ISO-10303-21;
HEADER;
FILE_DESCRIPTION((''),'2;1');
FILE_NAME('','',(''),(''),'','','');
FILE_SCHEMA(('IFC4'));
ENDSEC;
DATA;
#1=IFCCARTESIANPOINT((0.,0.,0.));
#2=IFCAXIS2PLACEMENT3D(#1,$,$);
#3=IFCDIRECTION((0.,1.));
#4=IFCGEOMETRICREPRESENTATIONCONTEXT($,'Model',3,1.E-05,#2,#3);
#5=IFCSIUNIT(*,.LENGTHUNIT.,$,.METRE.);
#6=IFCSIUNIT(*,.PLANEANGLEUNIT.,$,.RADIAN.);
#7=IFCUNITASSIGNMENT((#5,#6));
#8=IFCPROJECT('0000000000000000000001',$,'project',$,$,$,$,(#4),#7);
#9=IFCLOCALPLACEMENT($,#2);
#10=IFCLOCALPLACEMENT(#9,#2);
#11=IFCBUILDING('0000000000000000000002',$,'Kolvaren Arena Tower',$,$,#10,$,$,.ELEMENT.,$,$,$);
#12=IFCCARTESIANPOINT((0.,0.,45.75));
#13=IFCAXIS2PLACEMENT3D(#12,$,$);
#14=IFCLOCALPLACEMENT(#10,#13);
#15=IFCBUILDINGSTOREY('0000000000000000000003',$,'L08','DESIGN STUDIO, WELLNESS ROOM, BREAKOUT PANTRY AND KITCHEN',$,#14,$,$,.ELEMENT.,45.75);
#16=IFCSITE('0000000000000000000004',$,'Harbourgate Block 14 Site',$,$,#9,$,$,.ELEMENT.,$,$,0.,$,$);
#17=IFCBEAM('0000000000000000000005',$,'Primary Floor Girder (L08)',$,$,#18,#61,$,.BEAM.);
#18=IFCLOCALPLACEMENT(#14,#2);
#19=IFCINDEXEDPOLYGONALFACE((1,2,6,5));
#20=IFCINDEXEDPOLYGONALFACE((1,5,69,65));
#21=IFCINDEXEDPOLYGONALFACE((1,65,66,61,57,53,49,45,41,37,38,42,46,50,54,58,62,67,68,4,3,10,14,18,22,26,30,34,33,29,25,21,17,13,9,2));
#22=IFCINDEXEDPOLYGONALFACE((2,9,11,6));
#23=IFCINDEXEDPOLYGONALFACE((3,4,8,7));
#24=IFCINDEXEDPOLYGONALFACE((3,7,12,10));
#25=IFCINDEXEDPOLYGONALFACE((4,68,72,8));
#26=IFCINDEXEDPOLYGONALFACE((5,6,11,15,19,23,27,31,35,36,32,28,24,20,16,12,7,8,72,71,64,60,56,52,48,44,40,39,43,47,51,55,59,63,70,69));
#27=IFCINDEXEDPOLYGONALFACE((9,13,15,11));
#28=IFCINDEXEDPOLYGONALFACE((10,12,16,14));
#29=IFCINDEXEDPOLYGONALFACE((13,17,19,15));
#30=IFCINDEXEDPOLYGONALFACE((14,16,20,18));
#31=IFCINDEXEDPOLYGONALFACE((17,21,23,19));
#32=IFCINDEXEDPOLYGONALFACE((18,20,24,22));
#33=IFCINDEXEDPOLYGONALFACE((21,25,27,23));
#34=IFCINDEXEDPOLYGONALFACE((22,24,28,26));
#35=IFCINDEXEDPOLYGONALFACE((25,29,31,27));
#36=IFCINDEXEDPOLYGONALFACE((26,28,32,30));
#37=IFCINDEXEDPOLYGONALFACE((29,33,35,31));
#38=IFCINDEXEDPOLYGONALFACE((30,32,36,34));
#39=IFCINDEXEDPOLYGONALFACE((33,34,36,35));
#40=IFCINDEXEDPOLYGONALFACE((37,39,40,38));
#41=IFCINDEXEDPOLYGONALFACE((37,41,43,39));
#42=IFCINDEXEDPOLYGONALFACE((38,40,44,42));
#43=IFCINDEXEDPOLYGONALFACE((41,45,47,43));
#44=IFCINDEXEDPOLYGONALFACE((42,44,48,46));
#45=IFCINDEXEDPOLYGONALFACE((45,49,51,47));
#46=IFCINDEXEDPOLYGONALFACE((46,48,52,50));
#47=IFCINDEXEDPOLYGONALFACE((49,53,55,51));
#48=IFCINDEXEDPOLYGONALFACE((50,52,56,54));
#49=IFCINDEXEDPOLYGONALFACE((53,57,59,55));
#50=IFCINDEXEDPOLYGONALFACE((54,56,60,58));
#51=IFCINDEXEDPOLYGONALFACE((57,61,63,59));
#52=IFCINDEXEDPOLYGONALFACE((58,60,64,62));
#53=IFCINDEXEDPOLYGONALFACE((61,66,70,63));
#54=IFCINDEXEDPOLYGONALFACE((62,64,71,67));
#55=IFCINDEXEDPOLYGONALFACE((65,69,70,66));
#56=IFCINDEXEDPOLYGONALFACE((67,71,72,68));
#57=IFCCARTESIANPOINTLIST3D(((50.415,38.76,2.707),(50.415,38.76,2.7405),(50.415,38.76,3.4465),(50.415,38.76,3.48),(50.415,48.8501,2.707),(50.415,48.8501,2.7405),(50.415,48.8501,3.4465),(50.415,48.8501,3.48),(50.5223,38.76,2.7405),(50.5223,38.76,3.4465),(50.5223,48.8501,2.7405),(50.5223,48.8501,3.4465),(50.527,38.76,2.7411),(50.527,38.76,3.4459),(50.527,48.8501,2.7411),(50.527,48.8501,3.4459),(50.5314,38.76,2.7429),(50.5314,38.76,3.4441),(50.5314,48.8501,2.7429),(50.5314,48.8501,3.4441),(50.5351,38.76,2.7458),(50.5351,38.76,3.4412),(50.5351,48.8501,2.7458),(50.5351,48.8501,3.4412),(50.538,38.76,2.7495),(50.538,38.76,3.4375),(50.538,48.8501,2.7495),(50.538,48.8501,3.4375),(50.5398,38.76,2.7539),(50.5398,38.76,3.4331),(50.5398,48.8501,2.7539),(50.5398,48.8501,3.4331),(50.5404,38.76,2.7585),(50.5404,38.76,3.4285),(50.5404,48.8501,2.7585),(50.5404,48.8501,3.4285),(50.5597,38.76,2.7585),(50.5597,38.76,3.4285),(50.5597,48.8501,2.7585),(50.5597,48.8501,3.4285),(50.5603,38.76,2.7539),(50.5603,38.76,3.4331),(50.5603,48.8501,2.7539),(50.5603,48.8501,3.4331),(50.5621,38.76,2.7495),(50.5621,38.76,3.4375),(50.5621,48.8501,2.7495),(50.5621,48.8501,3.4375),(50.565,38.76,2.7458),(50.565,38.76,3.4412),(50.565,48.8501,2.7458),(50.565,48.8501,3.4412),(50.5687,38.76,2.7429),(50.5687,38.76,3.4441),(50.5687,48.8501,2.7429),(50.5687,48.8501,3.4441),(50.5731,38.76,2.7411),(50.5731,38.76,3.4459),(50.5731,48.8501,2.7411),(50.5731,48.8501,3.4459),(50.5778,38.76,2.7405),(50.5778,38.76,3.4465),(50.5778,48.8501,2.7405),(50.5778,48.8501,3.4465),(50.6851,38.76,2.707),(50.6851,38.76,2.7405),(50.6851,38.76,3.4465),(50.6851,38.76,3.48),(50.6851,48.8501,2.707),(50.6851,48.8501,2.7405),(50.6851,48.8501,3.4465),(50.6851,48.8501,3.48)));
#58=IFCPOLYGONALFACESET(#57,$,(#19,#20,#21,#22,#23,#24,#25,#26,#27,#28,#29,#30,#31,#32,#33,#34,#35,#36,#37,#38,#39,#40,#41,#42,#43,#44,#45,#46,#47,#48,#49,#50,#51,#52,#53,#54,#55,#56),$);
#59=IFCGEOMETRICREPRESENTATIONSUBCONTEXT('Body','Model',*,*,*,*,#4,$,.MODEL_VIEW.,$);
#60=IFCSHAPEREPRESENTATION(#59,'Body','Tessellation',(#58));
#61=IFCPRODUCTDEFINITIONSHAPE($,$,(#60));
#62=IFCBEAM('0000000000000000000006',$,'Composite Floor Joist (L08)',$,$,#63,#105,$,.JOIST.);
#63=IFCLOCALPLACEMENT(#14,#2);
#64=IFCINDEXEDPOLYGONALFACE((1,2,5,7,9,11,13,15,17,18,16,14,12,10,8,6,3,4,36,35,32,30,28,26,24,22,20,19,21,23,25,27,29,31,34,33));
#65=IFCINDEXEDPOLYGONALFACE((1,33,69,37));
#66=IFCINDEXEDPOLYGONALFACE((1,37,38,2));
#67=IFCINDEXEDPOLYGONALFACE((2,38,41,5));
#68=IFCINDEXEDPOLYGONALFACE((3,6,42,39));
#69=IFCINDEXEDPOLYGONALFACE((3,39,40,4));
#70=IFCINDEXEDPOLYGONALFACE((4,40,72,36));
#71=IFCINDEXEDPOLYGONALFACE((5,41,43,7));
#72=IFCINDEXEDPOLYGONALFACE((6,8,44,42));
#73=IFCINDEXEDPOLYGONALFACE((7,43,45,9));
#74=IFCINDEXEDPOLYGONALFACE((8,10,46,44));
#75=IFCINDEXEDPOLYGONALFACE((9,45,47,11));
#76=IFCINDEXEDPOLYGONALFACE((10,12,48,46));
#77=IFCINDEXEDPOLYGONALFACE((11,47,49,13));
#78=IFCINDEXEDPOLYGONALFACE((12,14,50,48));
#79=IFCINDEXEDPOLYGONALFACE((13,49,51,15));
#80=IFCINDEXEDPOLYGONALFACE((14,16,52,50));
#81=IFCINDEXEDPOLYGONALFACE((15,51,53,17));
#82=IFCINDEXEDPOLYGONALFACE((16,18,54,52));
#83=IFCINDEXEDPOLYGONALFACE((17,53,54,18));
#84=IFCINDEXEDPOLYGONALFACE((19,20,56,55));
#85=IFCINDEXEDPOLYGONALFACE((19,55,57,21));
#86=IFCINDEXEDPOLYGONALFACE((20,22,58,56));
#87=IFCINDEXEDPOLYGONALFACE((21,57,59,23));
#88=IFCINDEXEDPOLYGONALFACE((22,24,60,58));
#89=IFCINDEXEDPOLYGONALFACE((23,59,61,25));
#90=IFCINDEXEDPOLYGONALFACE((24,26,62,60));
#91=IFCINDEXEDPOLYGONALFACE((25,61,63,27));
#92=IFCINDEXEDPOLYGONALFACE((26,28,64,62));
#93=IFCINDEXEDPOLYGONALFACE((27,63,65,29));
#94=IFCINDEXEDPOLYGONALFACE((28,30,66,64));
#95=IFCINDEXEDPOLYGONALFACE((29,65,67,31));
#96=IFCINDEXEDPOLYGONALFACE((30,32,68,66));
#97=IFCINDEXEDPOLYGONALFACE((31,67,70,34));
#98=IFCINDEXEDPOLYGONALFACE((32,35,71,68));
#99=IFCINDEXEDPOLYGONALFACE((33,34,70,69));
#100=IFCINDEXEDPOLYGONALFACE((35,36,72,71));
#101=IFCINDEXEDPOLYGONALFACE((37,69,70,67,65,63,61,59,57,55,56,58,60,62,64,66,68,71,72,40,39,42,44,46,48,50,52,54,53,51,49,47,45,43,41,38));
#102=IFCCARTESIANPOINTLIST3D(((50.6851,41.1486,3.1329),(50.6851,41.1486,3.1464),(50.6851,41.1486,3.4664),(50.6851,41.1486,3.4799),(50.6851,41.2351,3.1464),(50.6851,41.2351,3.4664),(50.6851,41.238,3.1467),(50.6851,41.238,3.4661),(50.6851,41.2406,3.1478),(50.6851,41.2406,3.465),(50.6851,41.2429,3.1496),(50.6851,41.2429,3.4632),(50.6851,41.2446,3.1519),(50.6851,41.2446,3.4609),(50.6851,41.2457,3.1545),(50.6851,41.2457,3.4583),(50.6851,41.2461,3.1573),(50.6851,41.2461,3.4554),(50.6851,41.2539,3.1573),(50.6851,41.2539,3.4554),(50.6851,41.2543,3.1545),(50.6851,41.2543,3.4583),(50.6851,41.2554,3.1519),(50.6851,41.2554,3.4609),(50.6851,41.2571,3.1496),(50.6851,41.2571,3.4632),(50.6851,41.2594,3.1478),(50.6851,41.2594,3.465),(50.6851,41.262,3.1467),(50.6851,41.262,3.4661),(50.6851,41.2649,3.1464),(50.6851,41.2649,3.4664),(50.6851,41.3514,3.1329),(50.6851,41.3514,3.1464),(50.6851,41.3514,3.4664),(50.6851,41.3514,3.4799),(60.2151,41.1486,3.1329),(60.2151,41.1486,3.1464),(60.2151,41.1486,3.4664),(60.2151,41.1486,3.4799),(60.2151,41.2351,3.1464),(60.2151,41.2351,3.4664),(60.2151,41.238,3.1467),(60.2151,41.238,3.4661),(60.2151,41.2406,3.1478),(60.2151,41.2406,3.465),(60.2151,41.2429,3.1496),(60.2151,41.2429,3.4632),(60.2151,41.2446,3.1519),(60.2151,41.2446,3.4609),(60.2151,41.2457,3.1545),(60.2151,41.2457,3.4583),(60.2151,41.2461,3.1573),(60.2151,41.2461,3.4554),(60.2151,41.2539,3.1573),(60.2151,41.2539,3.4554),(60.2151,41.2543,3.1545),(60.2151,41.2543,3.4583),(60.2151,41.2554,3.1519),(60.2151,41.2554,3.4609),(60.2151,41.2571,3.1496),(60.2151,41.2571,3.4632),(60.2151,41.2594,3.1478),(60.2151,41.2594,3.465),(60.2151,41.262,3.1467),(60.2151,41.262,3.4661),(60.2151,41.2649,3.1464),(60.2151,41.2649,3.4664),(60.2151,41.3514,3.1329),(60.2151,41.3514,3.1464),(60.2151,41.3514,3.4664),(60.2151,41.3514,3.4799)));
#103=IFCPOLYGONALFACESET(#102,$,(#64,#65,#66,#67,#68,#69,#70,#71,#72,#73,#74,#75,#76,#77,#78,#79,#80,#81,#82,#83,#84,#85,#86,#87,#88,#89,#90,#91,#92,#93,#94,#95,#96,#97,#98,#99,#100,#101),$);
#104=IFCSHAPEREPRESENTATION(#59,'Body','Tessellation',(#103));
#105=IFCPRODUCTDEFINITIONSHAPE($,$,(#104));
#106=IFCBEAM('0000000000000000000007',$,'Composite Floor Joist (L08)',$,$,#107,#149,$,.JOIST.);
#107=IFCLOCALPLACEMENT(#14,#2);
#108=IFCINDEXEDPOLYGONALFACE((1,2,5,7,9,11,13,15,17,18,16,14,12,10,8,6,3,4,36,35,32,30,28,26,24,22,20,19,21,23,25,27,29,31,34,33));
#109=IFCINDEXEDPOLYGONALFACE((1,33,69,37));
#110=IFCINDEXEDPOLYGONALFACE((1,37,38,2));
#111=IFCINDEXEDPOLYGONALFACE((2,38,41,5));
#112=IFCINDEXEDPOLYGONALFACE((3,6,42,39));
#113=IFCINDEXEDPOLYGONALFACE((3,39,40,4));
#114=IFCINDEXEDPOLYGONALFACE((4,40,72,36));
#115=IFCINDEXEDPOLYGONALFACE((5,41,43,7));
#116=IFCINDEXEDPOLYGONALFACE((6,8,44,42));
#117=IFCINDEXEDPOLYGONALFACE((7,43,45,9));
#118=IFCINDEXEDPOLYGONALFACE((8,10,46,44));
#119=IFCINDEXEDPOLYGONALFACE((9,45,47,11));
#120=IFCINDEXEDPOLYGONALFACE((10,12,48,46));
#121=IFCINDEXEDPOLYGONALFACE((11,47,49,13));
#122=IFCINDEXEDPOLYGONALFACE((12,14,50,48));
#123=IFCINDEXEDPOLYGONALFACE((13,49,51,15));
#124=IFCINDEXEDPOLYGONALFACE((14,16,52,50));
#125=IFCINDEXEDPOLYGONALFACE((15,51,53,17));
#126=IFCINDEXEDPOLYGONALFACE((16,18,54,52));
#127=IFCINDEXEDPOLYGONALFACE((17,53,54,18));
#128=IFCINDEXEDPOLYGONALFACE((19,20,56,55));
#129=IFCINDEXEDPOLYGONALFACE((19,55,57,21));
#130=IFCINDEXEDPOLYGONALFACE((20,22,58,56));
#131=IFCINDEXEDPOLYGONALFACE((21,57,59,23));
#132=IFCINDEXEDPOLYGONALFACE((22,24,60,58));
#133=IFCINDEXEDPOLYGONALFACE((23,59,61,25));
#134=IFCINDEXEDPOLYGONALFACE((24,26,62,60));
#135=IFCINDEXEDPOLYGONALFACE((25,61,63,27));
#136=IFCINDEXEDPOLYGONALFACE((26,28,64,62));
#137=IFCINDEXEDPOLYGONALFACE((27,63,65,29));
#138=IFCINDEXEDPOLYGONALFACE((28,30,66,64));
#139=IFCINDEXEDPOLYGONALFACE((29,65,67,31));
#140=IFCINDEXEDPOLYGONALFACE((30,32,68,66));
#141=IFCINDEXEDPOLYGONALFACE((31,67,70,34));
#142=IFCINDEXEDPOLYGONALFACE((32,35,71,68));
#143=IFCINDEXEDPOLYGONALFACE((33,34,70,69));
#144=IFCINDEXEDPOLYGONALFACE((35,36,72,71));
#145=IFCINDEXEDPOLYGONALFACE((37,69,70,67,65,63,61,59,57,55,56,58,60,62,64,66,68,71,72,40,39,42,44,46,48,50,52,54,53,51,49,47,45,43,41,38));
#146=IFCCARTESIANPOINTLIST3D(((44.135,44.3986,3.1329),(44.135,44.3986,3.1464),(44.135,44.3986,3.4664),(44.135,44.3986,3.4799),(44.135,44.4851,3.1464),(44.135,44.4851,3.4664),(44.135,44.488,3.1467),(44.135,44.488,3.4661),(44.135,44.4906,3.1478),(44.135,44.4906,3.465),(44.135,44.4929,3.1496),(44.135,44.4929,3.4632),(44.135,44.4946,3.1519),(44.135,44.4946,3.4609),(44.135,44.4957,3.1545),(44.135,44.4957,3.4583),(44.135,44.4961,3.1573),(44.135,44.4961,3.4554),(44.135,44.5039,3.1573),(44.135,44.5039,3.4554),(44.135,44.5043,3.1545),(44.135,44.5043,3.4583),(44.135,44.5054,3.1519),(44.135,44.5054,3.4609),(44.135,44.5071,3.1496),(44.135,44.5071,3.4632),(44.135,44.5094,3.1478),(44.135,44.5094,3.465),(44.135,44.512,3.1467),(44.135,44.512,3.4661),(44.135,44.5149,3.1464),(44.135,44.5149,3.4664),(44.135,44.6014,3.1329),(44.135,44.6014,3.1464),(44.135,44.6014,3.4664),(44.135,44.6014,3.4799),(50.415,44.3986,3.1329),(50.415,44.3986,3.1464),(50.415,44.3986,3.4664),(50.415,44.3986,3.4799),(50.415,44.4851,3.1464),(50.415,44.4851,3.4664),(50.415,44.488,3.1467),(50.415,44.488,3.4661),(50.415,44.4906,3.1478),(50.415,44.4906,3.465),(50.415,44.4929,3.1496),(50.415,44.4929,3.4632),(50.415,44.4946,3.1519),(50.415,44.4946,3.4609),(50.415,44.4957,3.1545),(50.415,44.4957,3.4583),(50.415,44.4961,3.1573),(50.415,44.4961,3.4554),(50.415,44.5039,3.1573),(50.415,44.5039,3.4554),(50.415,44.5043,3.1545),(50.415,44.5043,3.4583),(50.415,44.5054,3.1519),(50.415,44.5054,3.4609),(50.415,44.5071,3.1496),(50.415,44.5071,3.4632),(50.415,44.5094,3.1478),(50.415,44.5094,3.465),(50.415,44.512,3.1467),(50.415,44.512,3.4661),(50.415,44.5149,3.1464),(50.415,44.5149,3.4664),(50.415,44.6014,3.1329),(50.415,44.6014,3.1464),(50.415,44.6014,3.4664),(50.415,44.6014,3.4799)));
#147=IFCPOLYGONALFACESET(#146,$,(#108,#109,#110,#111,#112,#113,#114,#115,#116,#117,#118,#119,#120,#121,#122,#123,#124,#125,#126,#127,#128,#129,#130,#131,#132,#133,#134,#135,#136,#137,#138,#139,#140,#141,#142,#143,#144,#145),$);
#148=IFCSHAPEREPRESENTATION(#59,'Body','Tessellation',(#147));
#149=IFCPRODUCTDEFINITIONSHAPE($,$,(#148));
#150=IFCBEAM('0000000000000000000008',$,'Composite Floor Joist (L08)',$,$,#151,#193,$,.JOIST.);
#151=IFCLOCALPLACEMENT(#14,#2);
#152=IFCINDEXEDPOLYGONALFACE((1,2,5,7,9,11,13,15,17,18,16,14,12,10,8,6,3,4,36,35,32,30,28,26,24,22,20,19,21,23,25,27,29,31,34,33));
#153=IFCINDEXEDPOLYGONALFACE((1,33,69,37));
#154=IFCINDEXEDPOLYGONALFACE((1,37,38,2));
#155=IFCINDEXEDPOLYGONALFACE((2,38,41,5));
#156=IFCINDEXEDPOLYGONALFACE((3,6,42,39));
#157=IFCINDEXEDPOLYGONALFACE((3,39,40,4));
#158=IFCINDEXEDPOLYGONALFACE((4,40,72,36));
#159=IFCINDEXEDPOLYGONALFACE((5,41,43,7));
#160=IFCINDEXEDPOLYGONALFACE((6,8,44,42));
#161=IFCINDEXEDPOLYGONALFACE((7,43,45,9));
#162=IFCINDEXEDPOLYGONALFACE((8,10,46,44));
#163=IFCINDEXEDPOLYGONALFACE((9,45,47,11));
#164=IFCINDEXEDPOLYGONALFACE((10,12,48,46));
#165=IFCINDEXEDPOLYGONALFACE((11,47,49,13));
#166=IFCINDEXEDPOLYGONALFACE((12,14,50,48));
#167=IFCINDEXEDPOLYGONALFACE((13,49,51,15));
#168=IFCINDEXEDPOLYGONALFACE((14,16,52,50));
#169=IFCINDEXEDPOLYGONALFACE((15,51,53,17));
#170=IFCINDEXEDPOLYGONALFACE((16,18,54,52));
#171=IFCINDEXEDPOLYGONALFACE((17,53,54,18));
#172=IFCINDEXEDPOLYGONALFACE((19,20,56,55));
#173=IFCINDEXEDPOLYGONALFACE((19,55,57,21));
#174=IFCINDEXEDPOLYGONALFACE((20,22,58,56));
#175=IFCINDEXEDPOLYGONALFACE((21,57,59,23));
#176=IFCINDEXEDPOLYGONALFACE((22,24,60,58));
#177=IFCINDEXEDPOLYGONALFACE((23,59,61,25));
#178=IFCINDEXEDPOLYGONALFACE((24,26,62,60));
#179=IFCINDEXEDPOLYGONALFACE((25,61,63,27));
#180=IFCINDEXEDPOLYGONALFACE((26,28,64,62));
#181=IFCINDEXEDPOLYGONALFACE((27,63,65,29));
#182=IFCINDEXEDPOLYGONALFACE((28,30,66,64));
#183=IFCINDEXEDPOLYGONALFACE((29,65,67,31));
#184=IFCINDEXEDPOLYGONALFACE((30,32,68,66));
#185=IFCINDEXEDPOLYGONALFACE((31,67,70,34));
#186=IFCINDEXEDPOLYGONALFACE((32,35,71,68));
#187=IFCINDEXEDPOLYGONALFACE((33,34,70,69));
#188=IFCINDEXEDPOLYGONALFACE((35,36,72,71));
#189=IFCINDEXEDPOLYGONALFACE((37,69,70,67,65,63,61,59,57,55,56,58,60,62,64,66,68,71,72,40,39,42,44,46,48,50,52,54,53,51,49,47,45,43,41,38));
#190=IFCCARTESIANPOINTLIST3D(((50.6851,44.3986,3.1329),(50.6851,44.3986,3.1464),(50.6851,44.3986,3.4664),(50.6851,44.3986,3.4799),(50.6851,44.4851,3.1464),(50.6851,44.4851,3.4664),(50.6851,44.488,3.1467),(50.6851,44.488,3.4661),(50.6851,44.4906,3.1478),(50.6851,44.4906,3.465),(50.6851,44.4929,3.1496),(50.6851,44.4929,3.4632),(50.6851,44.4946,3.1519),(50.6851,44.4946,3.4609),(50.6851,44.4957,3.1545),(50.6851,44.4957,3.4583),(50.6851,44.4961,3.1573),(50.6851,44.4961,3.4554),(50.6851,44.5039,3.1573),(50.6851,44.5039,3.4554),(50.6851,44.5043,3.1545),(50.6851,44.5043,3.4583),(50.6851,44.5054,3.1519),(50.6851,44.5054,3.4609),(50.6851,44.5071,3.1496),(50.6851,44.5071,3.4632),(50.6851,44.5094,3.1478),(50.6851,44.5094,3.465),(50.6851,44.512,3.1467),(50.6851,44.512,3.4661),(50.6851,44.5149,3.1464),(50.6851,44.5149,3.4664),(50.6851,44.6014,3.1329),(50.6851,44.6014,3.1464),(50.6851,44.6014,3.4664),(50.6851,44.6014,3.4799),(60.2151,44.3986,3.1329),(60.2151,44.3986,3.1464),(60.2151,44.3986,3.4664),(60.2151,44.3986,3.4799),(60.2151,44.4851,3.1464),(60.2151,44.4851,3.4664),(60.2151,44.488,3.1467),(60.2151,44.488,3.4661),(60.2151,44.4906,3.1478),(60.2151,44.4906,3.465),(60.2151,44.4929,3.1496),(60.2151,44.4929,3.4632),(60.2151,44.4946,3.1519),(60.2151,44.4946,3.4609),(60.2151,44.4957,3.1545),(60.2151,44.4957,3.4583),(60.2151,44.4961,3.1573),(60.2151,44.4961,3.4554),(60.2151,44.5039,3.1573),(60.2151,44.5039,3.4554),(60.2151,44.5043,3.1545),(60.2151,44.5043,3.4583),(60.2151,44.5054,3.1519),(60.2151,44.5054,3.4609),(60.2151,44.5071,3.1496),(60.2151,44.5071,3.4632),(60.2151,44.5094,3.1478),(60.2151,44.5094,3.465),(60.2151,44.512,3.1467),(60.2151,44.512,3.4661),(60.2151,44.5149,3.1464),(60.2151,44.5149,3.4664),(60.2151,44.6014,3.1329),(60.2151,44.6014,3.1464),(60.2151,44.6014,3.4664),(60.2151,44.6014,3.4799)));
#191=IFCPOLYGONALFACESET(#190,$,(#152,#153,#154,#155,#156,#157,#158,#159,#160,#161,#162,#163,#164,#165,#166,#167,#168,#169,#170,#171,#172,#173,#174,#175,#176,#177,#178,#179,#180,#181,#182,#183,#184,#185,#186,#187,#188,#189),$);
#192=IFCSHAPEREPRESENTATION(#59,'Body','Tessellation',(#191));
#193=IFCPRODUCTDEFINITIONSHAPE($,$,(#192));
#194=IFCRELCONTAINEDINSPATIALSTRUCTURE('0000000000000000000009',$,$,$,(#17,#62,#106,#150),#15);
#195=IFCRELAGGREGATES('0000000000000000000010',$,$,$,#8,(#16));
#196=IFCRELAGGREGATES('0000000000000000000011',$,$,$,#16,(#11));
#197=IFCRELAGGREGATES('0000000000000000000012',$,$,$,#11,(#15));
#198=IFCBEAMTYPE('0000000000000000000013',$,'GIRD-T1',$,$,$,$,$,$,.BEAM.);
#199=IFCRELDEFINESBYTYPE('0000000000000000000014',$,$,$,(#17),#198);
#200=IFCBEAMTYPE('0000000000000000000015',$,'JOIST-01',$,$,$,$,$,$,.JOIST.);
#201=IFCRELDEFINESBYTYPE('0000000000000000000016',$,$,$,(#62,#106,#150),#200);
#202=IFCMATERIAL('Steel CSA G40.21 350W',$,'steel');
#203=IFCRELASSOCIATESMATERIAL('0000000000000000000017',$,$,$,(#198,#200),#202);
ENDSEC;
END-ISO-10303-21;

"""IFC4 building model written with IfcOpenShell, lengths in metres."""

from ifc_helpers import new_model, si_unit, direction, frame, origin, origin_2d, place, context, subcontext, project, spatial, i_section, extrude, material, material_profile, profile_set, type_object, element, save


model = new_model("IFC4")

# Units and contexts
model_context = context("Model", 3, precision=1e-05, world=origin(), true_north=direction((0.0, 1.0)))
body_context = subcontext(model_context, "Body", "Model", "MODEL_VIEW")
ifc_project = project(units=[si_unit("LENGTHUNIT", "METRE"), si_unit("PLANEANGLEUNIT", "RADIAN")], contexts=[model_context])

# Site, building, storey
site_placement = place(None, origin())
site = spatial("IfcSite", under=ifc_project, at=site_placement, Name="Harbourgate Block 14 Site", CompositionType="ELEMENT", RefElevation=0.0)
building_placement = place(site_placement, origin())
building = spatial("IfcBuilding", under=site, at=building_placement, Name="Kolvaren Arena Tower", CompositionType="ELEMENT")
storey_placement = place(building_placement, frame((0.0, 0.0, 45.75)))
storey = spatial("IfcBuildingStorey", under=building, at=storey_placement, Name="L08", Description="DESIGN STUDIO, WELLNESS ROOM, BREAKOUT PANTRY AND KITCHEN", CompositionType="ELEMENT", Elevation=45.75)

# Beams
ifc_material_1 = material(Name="Steel CSA G40.21 350W", Category="steel")
ifc_material_profile_1 = material_profile(ifc_material_1, i_section(OverallWidth=0.27, OverallDepth=0.7729, WebThickness=0.0193, FlangeThickness=0.0334, FilletRadius=0.0181, at=origin_2d()), Name="W760x257")
ifc_profile_set_1 = profile_set([ifc_material_profile_1], Name="Steel CSA G40.21 350W")
beam_type_1 = type_object("IfcBeamType", Name="GIRD-T1", PredefinedType="BEAM", material=ifc_profile_set_1)
beam_1_placement = place(storey_placement, frame((50.55, 38.76, 3.0935), z_axis=(0.0, 1.0, 0.0), x_axis=(-1.0, 0.0, 0.0)))
element("IfcBeam", 1, at=beam_1_placement, inside=storey, type_object=beam_type_1, Name="Primary Floor Girder (L08)", PredefinedType="BEAM", context=body_context, shape_type="SweptSolid", body=[
    extrude(i_section(OverallWidth=0.27, OverallDepth=0.7729, WebThickness=0.0193, FlangeThickness=0.0334, FilletRadius=0.0181, at=origin_2d()), origin(), (0.0, 0.0, 1.0), 10.0901),
])
ifc_material_profile_2 = material_profile(ifc_material_1, i_section(OverallWidth=0.2029, OverallDepth=0.3469, WebThickness=0.0078, FlangeThickness=0.0134, FilletRadius=0.011, at=origin_2d()), Name="W360x64")
ifc_profile_set_2 = profile_set([ifc_material_profile_2], Name="Steel CSA G40.21 350W")
beam_type_2 = type_object("IfcBeamType", Name="JOIST-01", PredefinedType="JOIST", material=ifc_profile_set_2)
beam_2_placement = place(storey_placement, frame((50.6851, 41.25, 3.3064), z_axis=(1.0, 0.0, 0.0), x_axis=(0.0, 1.0, 0.0)))
element("IfcBeam", 2, at=beam_2_placement, inside=storey, type_object=beam_type_2, Name="Composite Floor Joist (L08)", PredefinedType="JOIST", context=body_context, shape_type="SweptSolid", body=[
    extrude(i_section(OverallWidth=0.2029, OverallDepth=0.3469, WebThickness=0.0078, FlangeThickness=0.0134, FilletRadius=0.011, at=origin_2d()), origin(), (0.0, 0.0, 1.0), 9.53),
])
beam_3_placement = place(storey_placement, frame((44.135, 44.5, 3.3064), z_axis=(1.0, 0.0, 0.0), x_axis=(0.0, 1.0, 0.0)))
element("IfcBeam", 3, at=beam_3_placement, inside=storey, type_object=beam_type_2, Name="Composite Floor Joist (L08)", PredefinedType="JOIST", context=body_context, shape_type="SweptSolid", body=[
    extrude(i_section(OverallWidth=0.2029, OverallDepth=0.3469, WebThickness=0.0078, FlangeThickness=0.0134, FilletRadius=0.011, at=origin_2d()), origin(), (0.0, 0.0, 1.0), 6.28),
])
beam_4_placement = place(storey_placement, frame((50.6851, 44.5, 3.3064), z_axis=(1.0, 0.0, 0.0), x_axis=(0.0, 1.0, 0.0)))
element("IfcBeam", 4, at=beam_4_placement, inside=storey, type_object=beam_type_2, Name="Composite Floor Joist (L08)", PredefinedType="JOIST", context=body_context, shape_type="SweptSolid", body=[
    extrude(i_section(OverallWidth=0.2029, OverallDepth=0.3469, WebThickness=0.0078, FlangeThickness=0.0134, FilletRadius=0.011, at=origin_2d()), origin(), (0.0, 0.0, 1.0), 9.53),
])

save(model, "model.ifc")
